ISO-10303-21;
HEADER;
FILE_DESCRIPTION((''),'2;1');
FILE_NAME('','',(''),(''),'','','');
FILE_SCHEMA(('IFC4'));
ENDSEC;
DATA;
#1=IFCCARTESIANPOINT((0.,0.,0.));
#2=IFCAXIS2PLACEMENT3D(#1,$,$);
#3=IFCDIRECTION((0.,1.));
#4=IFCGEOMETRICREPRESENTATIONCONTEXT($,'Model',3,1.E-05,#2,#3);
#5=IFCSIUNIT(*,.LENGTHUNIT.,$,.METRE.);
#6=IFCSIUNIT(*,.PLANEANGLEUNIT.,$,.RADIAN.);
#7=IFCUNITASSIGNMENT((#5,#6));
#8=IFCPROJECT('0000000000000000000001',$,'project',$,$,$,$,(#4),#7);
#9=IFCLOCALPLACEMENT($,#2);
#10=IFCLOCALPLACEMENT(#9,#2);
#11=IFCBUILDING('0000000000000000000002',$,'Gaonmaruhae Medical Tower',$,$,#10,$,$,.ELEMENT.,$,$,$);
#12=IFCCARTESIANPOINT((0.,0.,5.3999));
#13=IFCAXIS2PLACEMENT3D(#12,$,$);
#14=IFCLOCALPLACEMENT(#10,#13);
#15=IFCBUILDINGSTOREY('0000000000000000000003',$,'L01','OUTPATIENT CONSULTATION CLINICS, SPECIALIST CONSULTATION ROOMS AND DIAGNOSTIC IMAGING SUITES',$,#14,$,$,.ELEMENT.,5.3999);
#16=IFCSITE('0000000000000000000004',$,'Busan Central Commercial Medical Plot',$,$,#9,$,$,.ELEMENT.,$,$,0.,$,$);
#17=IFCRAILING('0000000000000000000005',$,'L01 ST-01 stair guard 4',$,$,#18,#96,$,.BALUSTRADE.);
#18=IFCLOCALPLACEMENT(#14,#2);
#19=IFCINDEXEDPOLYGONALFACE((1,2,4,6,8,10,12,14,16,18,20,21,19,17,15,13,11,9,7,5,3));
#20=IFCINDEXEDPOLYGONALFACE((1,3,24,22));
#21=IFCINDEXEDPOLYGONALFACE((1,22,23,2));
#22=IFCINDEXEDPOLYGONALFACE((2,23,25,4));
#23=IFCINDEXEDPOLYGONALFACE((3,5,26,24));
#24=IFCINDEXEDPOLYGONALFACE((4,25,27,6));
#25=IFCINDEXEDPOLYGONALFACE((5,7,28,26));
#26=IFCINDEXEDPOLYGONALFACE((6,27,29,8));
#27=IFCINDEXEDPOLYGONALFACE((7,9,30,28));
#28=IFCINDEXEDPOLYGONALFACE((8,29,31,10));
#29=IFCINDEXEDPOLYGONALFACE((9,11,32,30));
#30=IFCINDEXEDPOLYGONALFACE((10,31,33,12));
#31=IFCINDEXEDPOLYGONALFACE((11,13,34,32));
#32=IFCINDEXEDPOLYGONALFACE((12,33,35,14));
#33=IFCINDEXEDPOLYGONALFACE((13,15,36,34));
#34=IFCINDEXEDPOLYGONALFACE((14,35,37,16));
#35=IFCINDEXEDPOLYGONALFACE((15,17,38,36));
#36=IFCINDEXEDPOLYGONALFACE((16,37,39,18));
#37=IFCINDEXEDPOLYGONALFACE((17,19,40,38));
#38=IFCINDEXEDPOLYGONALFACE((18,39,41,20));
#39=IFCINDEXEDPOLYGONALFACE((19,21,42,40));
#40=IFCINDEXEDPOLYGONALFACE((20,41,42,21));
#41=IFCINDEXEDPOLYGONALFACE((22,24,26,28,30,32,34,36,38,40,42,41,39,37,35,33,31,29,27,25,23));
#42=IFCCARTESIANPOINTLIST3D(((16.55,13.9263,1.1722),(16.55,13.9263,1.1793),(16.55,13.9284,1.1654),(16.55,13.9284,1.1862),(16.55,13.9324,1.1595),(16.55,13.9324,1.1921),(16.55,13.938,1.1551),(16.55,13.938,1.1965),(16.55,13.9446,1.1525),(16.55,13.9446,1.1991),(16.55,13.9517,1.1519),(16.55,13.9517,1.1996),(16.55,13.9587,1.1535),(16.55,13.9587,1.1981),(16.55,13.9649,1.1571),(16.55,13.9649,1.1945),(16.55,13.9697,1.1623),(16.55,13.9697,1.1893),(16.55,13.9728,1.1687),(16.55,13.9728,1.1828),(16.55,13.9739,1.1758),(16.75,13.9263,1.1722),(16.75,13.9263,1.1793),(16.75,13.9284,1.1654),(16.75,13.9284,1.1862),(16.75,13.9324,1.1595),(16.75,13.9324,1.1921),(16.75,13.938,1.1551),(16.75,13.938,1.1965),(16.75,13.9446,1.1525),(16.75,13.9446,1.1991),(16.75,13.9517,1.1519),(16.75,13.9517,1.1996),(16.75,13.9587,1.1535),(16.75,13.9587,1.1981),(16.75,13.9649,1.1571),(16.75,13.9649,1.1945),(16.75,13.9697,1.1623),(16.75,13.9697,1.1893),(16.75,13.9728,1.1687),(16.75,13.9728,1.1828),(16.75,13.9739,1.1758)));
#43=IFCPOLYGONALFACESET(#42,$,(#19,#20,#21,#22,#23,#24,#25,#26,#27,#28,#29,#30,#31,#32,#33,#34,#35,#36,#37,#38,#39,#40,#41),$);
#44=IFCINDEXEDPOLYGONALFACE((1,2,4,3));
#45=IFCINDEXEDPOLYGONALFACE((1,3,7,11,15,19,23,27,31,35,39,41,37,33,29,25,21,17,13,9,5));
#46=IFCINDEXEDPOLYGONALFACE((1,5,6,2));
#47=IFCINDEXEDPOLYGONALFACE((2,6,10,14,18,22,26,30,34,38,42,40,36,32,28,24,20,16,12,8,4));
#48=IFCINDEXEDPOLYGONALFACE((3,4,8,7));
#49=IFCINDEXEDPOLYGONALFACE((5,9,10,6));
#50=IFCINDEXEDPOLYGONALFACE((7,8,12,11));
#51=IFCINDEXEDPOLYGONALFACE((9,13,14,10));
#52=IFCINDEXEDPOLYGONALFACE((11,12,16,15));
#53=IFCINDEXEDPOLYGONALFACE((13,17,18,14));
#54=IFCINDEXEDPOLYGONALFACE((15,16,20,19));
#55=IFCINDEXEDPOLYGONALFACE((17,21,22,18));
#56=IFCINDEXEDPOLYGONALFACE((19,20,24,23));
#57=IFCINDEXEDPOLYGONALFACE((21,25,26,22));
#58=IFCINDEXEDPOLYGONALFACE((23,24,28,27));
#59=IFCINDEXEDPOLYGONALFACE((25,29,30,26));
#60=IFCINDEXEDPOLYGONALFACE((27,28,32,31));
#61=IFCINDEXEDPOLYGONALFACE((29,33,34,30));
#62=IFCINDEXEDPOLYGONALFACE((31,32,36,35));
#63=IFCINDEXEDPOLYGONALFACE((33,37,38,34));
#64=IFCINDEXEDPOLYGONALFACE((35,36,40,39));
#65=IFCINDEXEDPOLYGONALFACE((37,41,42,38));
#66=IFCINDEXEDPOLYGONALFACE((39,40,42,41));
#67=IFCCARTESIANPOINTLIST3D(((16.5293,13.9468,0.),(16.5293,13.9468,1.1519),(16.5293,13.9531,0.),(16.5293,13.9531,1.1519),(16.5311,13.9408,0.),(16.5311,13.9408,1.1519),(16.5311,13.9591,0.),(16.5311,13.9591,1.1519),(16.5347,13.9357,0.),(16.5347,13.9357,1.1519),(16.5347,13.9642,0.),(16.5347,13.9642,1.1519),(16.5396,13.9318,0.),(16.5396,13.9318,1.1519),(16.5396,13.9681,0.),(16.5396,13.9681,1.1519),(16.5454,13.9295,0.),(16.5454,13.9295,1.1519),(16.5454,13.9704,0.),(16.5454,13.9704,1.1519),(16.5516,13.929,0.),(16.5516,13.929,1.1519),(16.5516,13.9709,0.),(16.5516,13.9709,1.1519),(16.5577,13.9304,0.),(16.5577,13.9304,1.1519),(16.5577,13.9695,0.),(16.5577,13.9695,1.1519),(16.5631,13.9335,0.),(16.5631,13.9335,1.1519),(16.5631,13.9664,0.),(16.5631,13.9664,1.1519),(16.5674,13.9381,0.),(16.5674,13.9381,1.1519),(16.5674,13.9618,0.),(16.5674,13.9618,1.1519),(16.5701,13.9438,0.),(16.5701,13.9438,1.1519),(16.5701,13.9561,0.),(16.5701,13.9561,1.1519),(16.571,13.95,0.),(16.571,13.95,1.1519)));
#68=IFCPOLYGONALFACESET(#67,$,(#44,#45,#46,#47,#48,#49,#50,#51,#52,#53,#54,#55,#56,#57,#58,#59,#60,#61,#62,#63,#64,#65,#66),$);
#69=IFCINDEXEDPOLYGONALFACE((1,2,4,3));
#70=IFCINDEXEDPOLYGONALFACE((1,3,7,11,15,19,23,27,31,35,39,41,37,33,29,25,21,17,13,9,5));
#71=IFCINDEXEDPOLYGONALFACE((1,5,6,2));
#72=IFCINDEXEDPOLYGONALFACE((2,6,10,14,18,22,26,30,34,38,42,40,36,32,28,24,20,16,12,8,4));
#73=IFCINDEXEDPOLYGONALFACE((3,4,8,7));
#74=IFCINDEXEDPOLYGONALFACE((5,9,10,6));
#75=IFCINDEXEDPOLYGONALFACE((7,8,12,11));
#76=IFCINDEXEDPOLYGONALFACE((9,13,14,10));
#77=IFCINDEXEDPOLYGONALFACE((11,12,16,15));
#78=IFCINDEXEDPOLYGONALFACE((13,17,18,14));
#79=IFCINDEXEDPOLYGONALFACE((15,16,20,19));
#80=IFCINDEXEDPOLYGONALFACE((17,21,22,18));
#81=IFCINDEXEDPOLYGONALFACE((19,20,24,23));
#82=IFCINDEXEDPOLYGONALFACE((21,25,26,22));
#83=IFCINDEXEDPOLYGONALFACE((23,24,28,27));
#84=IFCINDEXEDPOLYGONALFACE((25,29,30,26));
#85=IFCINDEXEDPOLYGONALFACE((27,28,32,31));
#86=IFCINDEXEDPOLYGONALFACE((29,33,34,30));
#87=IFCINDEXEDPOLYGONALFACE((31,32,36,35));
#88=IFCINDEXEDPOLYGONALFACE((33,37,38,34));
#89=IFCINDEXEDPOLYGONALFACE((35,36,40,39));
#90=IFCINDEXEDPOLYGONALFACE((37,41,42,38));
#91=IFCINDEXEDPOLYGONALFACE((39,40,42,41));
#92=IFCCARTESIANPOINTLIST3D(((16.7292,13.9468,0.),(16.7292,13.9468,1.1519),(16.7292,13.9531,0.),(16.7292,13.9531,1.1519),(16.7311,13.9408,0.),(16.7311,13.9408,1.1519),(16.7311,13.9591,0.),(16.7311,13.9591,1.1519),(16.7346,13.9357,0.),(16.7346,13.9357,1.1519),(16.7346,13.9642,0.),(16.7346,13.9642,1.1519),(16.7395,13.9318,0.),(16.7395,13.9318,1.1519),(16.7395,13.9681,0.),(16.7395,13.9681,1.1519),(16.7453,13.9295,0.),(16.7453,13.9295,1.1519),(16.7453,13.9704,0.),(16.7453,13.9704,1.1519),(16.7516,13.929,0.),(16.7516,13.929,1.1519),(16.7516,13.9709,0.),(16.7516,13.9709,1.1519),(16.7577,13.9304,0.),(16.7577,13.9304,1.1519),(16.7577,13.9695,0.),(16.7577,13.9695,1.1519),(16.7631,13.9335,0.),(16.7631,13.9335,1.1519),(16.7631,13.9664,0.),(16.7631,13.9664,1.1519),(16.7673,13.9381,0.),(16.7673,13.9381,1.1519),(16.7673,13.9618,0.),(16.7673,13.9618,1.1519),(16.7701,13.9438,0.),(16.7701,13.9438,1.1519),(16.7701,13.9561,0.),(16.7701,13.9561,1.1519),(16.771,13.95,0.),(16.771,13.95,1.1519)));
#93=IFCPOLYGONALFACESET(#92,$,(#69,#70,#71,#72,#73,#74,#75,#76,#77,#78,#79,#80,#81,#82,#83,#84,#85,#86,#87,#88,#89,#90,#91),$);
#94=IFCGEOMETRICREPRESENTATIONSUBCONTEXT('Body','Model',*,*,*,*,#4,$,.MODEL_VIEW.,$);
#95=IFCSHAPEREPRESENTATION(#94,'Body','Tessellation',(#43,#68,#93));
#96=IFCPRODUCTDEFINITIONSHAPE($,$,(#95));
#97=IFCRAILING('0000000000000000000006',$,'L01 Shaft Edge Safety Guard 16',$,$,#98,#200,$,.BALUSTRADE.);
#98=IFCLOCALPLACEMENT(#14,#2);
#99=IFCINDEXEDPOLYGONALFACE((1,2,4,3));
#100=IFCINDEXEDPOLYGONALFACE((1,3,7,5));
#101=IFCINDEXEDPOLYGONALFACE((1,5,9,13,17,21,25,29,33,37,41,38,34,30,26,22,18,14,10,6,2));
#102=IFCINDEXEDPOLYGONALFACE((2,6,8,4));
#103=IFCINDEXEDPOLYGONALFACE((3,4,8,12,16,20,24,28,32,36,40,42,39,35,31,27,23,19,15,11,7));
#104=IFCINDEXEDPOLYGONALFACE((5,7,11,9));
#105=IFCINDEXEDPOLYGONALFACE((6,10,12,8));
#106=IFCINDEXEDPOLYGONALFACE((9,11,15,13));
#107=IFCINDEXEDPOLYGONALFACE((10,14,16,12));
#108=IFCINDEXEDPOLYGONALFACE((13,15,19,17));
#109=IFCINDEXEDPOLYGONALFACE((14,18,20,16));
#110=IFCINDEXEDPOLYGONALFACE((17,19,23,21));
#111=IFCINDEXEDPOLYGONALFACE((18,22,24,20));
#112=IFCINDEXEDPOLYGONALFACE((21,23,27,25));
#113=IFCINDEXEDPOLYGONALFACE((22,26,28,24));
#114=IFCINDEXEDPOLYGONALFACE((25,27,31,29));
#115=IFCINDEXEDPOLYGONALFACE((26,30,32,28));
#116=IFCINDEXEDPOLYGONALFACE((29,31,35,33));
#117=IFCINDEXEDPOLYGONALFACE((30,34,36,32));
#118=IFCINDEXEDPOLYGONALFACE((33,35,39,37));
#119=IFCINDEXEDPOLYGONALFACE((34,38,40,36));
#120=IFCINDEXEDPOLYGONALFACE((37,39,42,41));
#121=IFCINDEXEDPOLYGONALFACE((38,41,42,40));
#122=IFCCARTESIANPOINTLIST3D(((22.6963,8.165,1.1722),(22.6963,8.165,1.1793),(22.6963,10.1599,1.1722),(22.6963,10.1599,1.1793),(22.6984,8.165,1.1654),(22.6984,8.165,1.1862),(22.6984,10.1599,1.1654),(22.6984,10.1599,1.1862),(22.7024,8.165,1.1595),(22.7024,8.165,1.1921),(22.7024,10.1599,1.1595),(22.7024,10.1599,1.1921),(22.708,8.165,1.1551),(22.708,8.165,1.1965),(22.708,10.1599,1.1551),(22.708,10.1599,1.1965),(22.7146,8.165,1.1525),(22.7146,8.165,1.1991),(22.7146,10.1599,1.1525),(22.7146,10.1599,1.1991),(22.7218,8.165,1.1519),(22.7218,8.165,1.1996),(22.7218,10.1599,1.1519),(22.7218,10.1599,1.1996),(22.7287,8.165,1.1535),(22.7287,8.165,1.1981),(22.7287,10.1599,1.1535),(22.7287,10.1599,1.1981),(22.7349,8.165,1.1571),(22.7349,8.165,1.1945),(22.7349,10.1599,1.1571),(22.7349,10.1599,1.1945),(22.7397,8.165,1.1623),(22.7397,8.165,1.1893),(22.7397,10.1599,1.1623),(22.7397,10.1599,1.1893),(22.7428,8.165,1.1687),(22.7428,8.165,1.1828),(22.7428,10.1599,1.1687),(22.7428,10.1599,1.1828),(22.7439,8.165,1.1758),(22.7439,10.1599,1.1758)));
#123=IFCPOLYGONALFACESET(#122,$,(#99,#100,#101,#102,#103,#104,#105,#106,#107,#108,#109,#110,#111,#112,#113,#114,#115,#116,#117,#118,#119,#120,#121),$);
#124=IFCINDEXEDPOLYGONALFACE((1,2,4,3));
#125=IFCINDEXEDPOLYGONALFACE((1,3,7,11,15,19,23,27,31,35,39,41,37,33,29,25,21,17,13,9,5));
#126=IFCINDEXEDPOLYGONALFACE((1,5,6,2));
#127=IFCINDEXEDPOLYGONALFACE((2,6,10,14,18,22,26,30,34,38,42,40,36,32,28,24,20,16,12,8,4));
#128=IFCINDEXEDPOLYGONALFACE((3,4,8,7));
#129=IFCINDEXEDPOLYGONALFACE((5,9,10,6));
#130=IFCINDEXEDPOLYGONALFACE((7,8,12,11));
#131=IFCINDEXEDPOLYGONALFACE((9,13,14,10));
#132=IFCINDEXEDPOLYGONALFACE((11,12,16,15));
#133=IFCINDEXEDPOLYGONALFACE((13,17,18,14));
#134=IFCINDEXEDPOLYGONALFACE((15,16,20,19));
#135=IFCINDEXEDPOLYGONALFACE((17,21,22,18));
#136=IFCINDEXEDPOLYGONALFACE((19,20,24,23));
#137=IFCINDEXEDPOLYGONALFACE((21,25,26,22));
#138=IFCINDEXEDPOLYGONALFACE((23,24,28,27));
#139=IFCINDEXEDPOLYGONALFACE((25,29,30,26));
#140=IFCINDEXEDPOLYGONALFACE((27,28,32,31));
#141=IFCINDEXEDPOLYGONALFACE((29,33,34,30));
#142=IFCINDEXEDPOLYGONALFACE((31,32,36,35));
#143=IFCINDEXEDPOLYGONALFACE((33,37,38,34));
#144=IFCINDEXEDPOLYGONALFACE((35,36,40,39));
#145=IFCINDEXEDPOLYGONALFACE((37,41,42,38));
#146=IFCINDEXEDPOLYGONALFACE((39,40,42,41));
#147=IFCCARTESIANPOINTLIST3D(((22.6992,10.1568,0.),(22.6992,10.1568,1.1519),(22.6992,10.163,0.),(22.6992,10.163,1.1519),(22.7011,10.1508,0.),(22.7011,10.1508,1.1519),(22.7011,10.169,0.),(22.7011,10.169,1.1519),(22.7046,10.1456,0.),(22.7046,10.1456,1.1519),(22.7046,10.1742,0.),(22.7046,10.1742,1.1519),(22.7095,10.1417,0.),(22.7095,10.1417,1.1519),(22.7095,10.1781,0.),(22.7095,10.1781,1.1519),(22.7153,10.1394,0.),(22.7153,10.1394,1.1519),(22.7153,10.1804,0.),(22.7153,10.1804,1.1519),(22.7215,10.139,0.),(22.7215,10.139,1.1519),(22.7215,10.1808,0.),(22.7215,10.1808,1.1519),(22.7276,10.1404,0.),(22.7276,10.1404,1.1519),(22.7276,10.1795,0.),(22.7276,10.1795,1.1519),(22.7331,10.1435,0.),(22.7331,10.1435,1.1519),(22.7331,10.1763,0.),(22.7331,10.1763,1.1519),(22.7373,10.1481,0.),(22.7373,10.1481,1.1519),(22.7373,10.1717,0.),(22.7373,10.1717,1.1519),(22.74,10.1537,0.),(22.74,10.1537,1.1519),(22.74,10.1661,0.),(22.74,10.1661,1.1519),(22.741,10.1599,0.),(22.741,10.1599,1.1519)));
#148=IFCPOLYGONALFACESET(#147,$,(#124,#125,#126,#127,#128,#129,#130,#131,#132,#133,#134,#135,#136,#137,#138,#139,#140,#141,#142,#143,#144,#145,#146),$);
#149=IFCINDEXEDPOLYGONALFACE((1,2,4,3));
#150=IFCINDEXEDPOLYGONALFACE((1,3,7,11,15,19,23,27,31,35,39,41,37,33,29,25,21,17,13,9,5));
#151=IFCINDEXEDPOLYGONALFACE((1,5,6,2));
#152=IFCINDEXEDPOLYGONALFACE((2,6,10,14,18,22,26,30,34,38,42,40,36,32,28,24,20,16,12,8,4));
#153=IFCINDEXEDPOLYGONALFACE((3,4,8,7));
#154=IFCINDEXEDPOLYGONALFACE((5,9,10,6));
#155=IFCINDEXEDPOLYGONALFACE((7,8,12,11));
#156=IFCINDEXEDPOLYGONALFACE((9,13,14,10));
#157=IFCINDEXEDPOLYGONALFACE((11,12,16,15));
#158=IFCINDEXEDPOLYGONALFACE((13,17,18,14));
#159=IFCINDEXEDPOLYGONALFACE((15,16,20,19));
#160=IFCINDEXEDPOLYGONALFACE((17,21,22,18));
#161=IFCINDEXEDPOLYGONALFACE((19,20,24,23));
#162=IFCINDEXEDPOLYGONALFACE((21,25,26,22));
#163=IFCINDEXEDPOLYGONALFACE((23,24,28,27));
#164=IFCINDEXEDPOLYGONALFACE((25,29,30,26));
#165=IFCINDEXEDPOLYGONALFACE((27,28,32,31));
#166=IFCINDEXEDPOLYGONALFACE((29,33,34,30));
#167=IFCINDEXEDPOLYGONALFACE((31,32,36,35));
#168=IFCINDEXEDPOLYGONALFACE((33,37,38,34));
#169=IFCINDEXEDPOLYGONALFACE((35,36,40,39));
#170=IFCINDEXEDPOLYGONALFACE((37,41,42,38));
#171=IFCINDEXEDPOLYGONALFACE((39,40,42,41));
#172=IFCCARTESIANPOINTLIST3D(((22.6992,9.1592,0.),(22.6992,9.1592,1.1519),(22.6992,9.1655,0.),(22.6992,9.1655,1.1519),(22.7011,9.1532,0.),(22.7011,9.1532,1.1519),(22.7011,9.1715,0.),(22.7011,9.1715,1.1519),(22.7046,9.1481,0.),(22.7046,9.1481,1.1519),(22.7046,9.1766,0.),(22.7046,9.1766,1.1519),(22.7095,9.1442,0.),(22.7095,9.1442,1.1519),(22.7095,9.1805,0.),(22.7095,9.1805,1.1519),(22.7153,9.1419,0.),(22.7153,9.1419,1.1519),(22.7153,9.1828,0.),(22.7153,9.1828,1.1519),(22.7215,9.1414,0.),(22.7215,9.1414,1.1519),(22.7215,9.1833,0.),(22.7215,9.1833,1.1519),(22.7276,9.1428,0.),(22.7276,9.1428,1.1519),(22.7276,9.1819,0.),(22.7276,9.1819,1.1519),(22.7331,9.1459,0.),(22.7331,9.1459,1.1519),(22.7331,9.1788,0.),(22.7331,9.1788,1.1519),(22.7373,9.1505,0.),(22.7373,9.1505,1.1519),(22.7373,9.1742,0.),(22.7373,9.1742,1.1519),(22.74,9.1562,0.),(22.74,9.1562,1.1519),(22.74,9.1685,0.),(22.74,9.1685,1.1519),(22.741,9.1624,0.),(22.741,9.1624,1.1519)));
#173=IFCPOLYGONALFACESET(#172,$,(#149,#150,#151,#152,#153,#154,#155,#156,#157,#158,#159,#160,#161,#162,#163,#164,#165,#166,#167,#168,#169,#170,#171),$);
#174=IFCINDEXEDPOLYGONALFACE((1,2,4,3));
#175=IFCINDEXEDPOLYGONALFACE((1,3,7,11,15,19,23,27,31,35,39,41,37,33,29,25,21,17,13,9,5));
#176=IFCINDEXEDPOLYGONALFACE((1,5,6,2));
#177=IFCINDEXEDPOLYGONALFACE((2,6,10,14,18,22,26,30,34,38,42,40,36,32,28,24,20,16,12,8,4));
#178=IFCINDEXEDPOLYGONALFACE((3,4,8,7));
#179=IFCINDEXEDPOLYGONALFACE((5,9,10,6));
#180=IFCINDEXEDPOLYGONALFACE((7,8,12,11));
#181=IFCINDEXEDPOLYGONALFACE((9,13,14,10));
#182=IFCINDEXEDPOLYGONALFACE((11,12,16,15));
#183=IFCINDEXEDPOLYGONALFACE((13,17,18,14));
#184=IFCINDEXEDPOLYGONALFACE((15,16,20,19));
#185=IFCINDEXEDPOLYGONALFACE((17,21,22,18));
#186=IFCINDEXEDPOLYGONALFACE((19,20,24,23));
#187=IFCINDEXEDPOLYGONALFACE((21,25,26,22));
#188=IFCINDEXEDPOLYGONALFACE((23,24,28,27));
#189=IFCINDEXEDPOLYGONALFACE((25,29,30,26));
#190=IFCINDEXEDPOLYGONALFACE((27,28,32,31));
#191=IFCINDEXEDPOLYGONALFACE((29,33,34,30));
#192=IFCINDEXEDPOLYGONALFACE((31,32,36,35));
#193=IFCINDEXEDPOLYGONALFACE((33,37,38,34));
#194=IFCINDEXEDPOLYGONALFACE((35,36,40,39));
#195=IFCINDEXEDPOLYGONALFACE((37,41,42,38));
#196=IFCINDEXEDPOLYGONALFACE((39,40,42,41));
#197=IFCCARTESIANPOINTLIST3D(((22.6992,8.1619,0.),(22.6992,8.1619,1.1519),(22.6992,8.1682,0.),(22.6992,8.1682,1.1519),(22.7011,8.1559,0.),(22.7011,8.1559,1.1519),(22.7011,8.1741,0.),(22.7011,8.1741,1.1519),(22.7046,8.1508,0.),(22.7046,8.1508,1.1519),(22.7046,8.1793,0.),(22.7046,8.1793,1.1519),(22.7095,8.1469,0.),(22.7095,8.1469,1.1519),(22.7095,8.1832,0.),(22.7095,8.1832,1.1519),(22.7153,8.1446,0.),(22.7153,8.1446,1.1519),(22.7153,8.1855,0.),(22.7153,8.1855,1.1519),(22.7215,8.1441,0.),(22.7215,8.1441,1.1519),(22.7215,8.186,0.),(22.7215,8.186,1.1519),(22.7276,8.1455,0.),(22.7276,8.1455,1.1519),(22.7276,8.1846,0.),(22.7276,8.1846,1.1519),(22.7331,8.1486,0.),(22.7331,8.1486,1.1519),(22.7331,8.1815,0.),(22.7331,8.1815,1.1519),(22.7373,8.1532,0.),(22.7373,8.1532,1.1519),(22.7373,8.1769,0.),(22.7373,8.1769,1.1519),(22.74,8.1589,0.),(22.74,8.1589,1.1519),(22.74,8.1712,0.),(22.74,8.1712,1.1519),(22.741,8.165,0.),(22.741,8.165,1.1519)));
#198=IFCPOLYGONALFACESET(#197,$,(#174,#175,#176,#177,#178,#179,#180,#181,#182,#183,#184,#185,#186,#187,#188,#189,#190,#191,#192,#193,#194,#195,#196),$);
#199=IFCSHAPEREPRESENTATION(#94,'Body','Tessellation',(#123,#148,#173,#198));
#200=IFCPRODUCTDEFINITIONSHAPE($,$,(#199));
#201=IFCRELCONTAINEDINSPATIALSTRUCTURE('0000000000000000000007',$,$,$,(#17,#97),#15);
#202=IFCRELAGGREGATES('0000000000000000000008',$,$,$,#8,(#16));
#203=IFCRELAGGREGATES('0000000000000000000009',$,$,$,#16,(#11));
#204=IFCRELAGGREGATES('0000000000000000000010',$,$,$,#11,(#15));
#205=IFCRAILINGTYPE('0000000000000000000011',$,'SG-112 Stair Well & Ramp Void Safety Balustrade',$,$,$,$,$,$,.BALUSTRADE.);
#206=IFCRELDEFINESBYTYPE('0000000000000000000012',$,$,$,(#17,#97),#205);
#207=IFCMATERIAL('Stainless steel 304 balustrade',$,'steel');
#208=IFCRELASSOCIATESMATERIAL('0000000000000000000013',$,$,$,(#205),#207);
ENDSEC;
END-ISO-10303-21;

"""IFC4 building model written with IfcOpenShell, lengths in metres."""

from ifc_helpers import new_model, si_unit, direction, frame, origin, origin_2d, place, context, subcontext, project, spatial, circle, extrude, material, type_object, element, save


model = new_model("IFC4")

# Units and contexts
model_context = context("Model", 3, precision=1e-05, world=origin(), true_north=direction((0.0, 1.0)))
body_context = subcontext(model_context, "Body", "Model", "MODEL_VIEW")
ifc_project = project(units=[si_unit("LENGTHUNIT", "METRE"), si_unit("PLANEANGLEUNIT", "RADIAN")], contexts=[model_context])

# Site, building, storey
site_placement = place(None, origin())
site = spatial("IfcSite", under=ifc_project, at=site_placement, Name="Busan Central Commercial Medical Plot", CompositionType="ELEMENT", RefElevation=0.0)
building_placement = place(site_placement, origin())
building = spatial("IfcBuilding", under=site, at=building_placement, Name="Gaonmaruhae Medical Tower", CompositionType="ELEMENT")
storey_placement = place(building_placement, frame((0.0, 0.0, 5.3999)))
storey = spatial("IfcBuildingStorey", under=building, at=storey_placement, Name="L01", Description="OUTPATIENT CONSULTATION CLINICS, SPECIALIST CONSULTATION ROOMS AND DIAGNOSTIC IMAGING SUITES", CompositionType="ELEMENT", Elevation=5.3999)

# Railings
ifc_material_1 = material(Name="Stainless steel 304 balustrade", Category="steel")
railing_type_1 = type_object("IfcRailingType", Name="SG-112 Stair Well & Ramp Void Safety Balustrade", PredefinedType="BALUSTRADE", material=ifc_material_1)
railing_1_placement = place(storey_placement, frame((16.55, 13.95, 0.0)))
element("IfcRailing", 1, at=railing_1_placement, inside=storey, type_object=railing_type_1, Name="L01 ST-01 stair guard 4", PredefinedType="BALUSTRADE", context=body_context, shape_type="SweptSolid", body=[
    extrude(circle(Radius=0.0239, at=origin_2d()), frame((0.0, 0.0, 1.1758), z_axis=(1.0, 0.0, 0.0), x_axis=(0.0, 1.0, 0.0)), (0.0, 0.0, 1.0), 0.2),
    extrude(circle(Radius=0.021, at=origin_2d()), origin(), (0.0, 0.0, 1.0), 1.1519),
    extrude(circle(Radius=0.021, at=origin_2d()), frame((0.2, 0.0, 0.0)), (0.0, 0.0, 1.0), 1.1519),
])
railing_2_placement = place(storey_placement, frame((22.72, 10.1599, 0.0)))
element("IfcRailing", 2, at=railing_2_placement, inside=storey, type_object=railing_type_1, Name="L01 Shaft Edge Safety Guard 16", PredefinedType="BALUSTRADE", context=body_context, shape_type="SweptSolid", body=[
    extrude(circle(Radius=0.0239, at=origin_2d()), frame((0.0, 0.0, 1.1758), z_axis=(0.0, -1.0, 0.0), x_axis=(1.0, 0.0, 0.0)), (0.0, 0.0, 1.0), 1.9949),
    extrude(circle(Radius=0.021, at=origin_2d()), origin(), (0.0, 0.0, 1.0), 1.1519),
    extrude(circle(Radius=0.021, at=origin_2d()), frame((0.0, -0.9976, 0.0)), (0.0, 0.0, 1.0), 1.1519),
    extrude(circle(Radius=0.021, at=origin_2d()), frame((0.0, -1.9949, 0.0)), (0.0, 0.0, 1.0), 1.1519),
])

save(model, "model.ifc")
